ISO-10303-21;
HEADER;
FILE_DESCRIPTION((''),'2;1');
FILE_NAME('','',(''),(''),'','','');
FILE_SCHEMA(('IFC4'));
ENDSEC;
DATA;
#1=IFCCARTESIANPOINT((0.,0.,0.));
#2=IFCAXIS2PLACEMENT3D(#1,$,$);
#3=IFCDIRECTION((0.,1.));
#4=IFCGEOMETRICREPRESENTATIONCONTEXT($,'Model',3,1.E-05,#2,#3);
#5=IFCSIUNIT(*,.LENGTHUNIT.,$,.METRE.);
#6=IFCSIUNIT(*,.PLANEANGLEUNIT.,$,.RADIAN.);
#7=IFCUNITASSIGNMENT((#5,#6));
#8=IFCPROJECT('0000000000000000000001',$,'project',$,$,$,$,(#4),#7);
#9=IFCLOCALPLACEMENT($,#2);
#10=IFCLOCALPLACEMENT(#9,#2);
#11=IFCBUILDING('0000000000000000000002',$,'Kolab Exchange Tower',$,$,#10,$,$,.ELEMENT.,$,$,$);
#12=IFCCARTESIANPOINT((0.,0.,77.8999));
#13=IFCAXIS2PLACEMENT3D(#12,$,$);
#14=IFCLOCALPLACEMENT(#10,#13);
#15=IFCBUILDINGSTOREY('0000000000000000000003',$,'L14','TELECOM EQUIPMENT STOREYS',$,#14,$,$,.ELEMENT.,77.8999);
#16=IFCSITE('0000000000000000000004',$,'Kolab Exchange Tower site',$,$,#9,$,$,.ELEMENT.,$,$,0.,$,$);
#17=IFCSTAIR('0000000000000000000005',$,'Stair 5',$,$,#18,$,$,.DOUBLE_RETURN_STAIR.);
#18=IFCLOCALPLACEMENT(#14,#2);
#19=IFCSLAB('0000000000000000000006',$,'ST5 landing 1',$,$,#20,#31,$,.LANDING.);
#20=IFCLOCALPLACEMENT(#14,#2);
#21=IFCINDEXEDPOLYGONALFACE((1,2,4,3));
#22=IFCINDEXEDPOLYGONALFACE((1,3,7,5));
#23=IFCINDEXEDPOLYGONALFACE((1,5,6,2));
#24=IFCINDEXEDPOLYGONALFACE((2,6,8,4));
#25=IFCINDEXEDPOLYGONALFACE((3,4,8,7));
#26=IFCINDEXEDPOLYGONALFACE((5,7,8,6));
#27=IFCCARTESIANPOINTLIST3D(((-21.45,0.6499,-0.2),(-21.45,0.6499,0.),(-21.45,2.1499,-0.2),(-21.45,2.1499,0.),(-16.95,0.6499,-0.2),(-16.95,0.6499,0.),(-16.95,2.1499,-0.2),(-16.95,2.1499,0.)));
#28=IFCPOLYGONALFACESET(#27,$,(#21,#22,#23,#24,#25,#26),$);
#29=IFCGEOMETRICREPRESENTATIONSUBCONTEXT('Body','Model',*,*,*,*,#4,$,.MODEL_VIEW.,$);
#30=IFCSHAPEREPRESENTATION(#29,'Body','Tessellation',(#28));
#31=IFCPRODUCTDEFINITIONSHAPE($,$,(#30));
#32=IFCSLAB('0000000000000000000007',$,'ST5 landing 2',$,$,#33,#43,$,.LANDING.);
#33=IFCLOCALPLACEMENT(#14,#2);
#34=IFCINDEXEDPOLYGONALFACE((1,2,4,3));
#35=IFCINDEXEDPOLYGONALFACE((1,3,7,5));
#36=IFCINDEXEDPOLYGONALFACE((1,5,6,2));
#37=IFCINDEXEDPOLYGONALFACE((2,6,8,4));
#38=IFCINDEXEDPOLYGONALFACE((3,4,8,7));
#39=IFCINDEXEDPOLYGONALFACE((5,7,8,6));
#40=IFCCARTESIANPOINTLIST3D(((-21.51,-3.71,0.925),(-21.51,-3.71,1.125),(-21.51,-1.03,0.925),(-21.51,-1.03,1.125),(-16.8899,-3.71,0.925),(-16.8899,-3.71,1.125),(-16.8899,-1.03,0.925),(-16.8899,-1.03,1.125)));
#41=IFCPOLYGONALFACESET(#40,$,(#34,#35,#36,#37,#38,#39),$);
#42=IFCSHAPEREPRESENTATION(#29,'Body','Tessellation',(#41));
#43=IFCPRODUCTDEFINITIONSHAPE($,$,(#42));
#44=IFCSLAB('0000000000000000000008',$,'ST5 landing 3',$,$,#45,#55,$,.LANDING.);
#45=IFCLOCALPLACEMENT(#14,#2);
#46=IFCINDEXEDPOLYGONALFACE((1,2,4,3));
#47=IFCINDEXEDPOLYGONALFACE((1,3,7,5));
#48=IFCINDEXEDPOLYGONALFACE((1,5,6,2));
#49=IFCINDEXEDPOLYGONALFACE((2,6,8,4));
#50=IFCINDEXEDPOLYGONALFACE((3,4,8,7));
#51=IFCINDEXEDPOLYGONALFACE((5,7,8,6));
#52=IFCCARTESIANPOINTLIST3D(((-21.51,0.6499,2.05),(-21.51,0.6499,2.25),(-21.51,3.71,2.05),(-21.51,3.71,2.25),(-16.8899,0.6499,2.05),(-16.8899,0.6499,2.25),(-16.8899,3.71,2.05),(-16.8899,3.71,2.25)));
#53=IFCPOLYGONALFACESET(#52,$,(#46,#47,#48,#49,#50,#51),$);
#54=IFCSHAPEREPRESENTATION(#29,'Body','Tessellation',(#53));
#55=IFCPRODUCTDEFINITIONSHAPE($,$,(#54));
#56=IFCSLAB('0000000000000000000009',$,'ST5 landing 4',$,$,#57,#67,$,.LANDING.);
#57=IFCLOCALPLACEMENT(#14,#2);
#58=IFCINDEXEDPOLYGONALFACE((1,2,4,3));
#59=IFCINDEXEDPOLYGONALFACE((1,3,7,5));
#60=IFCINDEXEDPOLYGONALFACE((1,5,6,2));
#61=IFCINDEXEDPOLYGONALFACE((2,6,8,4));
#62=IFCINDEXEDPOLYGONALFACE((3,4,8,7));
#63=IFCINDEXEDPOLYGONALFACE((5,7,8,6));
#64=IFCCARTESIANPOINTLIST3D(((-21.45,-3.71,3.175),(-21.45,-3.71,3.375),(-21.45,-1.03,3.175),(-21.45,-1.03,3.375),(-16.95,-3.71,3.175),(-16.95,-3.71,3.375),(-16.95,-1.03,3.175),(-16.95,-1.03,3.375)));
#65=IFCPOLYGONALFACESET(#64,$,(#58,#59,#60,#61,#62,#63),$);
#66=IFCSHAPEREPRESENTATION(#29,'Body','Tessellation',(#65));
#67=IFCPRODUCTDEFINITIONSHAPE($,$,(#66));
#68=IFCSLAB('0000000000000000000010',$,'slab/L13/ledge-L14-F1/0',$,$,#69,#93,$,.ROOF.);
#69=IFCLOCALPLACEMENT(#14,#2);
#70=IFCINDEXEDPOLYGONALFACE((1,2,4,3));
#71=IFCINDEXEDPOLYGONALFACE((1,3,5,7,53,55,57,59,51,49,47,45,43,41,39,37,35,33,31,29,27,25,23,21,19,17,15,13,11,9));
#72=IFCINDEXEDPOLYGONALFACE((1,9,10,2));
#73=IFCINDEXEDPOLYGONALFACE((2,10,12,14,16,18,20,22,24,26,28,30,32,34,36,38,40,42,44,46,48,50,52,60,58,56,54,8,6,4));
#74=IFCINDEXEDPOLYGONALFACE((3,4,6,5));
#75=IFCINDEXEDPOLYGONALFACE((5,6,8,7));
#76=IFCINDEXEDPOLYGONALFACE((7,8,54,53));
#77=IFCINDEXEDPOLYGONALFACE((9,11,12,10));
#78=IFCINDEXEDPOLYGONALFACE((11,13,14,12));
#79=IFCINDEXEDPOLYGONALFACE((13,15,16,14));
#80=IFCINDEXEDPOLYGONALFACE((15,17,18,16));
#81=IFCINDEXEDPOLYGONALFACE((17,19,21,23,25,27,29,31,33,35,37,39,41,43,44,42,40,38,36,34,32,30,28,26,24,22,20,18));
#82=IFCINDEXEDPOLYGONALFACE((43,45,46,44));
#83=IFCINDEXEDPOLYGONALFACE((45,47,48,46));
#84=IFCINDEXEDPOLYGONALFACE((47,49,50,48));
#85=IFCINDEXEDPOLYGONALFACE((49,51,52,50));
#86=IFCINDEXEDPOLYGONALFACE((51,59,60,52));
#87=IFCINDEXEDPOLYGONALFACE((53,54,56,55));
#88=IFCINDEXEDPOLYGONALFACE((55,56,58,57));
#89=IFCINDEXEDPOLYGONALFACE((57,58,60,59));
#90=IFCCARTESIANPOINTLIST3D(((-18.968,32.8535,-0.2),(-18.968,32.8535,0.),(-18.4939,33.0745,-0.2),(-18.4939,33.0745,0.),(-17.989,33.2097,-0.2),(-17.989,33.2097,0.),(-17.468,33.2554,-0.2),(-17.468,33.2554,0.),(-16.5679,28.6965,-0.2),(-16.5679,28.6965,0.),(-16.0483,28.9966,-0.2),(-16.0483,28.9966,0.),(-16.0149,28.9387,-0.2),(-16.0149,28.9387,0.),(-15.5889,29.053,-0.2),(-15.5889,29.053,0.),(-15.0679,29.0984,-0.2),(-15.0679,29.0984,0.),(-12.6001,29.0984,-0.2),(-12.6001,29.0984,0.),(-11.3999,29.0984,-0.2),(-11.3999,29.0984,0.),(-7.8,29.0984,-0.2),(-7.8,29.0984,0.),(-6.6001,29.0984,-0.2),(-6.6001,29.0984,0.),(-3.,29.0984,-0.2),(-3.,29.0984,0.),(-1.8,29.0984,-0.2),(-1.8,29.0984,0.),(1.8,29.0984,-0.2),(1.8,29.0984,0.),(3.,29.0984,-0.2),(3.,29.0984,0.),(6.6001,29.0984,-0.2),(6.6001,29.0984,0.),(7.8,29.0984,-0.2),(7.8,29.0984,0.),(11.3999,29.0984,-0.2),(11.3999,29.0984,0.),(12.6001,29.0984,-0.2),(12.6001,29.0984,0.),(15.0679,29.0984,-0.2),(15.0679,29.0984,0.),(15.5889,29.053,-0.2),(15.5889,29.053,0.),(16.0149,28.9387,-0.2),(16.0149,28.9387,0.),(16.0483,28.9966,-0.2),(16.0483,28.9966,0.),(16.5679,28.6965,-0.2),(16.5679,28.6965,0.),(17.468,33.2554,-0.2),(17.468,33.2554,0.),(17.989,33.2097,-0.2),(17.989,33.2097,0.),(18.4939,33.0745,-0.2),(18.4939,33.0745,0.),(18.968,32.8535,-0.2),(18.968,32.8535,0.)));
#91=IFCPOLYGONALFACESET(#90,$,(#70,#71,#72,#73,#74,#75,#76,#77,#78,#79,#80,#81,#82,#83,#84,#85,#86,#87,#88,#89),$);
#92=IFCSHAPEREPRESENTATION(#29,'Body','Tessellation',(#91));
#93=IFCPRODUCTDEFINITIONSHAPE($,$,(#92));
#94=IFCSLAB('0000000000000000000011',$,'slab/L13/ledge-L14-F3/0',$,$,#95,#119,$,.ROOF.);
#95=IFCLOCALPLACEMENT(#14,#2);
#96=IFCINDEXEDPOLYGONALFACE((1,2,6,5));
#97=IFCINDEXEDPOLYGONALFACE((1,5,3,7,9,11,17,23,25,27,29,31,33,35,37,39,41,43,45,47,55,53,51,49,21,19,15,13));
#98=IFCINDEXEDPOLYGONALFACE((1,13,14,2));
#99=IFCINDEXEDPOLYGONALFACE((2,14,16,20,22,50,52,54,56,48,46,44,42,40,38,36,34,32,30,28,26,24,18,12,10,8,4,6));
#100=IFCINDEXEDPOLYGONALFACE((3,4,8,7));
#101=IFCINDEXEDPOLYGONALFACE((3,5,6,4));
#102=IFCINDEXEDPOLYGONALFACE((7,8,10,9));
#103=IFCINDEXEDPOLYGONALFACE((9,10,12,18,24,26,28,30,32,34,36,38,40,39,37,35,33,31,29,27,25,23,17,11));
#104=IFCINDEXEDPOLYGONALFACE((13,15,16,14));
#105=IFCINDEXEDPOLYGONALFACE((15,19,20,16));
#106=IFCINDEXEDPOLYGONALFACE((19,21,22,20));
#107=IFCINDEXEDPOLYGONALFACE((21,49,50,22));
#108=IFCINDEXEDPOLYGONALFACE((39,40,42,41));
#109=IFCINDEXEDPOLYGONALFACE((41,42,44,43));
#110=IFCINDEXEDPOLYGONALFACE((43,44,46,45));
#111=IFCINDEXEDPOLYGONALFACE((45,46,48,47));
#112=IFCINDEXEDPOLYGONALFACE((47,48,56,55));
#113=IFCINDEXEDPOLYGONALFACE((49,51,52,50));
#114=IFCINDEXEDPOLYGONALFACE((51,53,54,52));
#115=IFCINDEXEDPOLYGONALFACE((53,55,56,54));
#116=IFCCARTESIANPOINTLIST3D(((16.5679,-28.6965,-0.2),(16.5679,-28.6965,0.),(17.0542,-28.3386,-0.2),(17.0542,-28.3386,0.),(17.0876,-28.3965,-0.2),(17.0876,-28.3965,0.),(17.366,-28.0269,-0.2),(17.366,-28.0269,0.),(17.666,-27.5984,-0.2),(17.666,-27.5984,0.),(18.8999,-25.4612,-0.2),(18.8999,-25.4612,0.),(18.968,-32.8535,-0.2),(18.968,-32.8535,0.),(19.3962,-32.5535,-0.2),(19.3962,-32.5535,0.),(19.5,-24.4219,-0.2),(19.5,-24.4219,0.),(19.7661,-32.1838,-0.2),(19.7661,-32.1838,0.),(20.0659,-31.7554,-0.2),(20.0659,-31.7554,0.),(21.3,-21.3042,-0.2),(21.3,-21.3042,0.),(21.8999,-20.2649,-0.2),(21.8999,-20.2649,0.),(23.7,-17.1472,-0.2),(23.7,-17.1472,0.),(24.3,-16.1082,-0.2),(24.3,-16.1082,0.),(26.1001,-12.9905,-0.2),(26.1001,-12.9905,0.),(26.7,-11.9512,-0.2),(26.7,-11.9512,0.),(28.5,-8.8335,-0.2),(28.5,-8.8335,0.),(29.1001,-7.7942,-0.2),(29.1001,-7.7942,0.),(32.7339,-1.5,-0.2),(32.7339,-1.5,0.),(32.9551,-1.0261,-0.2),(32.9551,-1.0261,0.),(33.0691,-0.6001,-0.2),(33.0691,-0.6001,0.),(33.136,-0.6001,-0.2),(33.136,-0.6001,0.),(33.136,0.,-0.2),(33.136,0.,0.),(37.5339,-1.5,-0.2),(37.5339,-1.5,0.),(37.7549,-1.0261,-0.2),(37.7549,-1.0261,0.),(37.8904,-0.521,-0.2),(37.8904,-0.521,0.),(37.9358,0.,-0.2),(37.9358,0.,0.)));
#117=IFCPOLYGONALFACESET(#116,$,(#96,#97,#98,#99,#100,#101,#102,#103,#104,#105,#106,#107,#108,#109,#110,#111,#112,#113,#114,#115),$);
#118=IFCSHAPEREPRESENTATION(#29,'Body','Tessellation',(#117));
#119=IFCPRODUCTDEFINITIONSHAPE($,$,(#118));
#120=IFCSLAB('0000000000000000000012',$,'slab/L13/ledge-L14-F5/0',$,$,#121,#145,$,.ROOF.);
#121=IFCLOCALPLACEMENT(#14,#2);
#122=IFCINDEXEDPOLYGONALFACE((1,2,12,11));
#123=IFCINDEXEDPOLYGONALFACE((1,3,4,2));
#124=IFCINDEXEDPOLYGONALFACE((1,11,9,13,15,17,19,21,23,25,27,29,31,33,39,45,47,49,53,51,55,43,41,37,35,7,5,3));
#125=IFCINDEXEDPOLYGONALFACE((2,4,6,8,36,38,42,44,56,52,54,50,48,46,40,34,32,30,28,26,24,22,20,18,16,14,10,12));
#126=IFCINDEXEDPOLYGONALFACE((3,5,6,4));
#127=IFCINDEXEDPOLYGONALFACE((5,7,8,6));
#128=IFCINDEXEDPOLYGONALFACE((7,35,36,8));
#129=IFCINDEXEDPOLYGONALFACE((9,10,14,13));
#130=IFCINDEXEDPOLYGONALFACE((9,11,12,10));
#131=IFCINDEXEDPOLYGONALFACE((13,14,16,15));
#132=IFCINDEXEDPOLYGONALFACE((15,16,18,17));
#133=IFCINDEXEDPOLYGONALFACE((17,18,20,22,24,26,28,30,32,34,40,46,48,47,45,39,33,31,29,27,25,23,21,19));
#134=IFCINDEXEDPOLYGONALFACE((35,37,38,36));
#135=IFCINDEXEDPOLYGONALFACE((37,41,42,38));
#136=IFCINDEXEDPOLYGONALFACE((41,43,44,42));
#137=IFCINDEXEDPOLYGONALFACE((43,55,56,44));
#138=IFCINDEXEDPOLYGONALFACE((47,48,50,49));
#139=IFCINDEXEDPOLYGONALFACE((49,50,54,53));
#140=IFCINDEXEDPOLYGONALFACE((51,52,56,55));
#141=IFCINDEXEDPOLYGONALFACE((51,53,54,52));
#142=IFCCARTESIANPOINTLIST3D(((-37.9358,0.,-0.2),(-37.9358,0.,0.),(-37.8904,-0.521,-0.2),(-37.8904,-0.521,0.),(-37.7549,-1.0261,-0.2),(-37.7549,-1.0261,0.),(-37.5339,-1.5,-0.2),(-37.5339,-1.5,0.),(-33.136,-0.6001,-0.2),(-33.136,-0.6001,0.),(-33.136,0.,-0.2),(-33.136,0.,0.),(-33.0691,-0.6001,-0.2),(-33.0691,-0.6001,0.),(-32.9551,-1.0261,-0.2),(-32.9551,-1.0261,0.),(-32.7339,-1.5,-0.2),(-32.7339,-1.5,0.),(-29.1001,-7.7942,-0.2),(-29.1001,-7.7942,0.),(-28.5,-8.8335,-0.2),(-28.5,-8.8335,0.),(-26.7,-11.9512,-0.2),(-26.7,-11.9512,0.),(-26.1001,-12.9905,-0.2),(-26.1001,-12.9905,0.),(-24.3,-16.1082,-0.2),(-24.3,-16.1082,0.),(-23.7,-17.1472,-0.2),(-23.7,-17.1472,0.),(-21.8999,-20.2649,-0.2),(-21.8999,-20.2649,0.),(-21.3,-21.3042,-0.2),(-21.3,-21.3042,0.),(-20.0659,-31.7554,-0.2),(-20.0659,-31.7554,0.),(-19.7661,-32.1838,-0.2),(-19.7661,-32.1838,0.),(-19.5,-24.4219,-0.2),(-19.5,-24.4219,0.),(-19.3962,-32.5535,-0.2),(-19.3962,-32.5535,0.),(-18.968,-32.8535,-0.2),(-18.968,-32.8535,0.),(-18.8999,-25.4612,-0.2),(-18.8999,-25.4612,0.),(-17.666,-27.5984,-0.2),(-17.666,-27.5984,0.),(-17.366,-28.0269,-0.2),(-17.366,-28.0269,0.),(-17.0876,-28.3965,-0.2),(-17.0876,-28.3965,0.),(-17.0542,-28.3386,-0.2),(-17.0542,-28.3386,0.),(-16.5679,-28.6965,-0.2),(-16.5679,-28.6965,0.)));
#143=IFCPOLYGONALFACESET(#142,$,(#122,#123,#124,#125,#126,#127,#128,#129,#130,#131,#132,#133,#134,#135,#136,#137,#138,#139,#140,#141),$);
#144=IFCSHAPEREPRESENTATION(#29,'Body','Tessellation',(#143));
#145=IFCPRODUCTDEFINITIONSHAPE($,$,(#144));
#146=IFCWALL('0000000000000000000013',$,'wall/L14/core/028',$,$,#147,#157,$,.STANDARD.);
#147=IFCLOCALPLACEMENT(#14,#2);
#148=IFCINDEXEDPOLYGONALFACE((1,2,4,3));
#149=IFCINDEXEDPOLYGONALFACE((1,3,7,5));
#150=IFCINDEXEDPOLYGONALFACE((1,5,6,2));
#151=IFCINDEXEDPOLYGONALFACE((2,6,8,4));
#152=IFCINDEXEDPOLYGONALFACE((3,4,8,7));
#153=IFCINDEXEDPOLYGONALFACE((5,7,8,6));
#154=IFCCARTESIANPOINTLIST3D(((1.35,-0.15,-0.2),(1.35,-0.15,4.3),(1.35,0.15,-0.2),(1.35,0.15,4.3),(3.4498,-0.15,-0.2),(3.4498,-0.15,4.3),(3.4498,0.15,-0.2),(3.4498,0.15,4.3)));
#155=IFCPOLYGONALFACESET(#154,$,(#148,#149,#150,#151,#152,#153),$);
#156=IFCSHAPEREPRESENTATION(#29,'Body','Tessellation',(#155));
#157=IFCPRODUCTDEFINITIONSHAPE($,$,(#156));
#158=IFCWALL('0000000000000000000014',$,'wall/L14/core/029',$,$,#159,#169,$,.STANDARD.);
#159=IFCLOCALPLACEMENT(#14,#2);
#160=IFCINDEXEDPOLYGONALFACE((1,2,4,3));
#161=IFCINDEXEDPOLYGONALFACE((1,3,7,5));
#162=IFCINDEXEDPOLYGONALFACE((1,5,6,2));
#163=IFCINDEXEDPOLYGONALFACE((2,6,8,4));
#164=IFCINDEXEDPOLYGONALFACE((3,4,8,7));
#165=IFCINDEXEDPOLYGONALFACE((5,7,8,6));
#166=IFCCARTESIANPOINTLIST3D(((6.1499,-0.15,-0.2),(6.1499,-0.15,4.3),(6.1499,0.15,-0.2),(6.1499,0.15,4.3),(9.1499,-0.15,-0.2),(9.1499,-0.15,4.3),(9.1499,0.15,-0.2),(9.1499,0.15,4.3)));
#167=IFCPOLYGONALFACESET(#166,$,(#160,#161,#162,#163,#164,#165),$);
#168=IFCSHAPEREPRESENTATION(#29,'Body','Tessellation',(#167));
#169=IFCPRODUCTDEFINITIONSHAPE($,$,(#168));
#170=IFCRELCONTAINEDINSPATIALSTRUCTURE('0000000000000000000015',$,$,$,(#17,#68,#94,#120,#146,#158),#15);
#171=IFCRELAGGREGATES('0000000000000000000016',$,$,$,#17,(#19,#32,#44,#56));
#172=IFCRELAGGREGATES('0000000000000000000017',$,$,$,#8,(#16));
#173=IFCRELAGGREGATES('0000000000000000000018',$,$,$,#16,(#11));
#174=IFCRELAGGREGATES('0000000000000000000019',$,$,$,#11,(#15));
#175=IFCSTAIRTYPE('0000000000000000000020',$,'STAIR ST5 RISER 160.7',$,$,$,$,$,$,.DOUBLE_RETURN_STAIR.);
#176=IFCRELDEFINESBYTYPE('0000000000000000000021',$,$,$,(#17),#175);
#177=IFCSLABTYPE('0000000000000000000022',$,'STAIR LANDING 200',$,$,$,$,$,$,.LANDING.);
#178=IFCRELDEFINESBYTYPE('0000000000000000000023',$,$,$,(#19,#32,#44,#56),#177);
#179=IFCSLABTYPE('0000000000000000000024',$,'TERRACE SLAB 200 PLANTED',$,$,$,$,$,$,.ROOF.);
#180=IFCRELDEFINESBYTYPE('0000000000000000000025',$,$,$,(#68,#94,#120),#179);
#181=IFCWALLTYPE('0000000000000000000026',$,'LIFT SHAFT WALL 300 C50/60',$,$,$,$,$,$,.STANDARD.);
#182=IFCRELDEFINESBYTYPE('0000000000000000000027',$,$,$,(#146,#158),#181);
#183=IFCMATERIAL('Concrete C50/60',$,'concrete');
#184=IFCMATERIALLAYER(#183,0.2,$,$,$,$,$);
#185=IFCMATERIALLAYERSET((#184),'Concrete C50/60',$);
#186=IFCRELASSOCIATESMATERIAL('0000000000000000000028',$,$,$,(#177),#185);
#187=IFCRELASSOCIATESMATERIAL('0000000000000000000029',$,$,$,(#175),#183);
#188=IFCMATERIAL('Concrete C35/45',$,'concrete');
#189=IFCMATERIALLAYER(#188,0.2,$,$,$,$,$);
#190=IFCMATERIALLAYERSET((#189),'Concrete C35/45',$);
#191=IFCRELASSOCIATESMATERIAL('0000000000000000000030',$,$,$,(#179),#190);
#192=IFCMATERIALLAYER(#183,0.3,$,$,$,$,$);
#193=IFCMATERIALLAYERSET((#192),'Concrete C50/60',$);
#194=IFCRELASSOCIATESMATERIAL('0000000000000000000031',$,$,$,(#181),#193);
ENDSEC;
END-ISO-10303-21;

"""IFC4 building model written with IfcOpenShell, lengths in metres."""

from ifc_helpers import new_model, si_unit, direction, frame, frame_2d, origin, place, context, subcontext, project, spatial, polyline, rectangle, outline, extrude, material, layer, layer_set, type_object, element, aggregate, save


model = new_model("IFC4")

# Units and contexts
model_context = context("Model", 3, precision=1e-05, world=origin(), true_north=direction((0.0, 1.0)))
body_context = subcontext(model_context, "Body", "Model", "MODEL_VIEW")
ifc_project = project(units=[si_unit("LENGTHUNIT", "METRE"), si_unit("PLANEANGLEUNIT", "RADIAN")], contexts=[model_context])

# Site, building, storey
site_placement = place(None, origin())
site = spatial("IfcSite", under=ifc_project, at=site_placement, Name="Kolab Exchange Tower site", CompositionType="ELEMENT", RefElevation=0.0)
building_placement = place(site_placement, origin())
building = spatial("IfcBuilding", under=site, at=building_placement, Name="Kolab Exchange Tower", CompositionType="ELEMENT")
storey_placement = place(building_placement, frame((0.0, 0.0, 77.8999)))
storey = spatial("IfcBuildingStorey", under=building, at=storey_placement, Name="L14", Description="TELECOM EQUIPMENT STOREYS", CompositionType="ELEMENT", Elevation=77.8999)

# Shared definitions
ifc_material_1 = material(Name="Concrete C35/45", Category="concrete")

# Stair, slabs
ifc_material_2 = material(Name="Concrete C50/60", Category="concrete")
ifc_layer_1 = layer(ifc_material_2, 0.2)
ifc_layer_set_1 = layer_set([ifc_layer_1], Name="Concrete C50/60")
slab_type_1 = type_object("IfcSlabType", Name="STAIR LANDING 200", PredefinedType="LANDING", material=ifc_layer_set_1)
stair_type_1 = type_object("IfcStairType", Name="STAIR ST5 RISER 160.7", PredefinedType="DOUBLE_RETURN_STAIR", material=ifc_material_2)
stair_1_placement = place(storey_placement, origin())
stair_1 = element("IfcStair", 1, at=stair_1_placement, inside=storey, type_object=stair_type_1, Name="Stair 5", PredefinedType="DOUBLE_RETURN_STAIR")
slab_1_placement = place(storey_placement, frame((0.0, 0.0, -0.2)))
slab_1 = element("IfcSlab", 2, at=slab_1_placement, type_object=slab_type_1, Name="ST5 landing 1", PredefinedType="LANDING", context=body_context, shape_type="SweptSolid", body=[
    extrude(outline(polyline([(-21.45, 0.6499), (-16.95, 0.6499), (-16.95, 2.1499), (-21.45, 2.1499), (-21.45, 0.6499)])), origin(), (0.0, 0.0, 1.0), 0.2),
])
slab_2_placement = place(storey_placement, frame((0.0, 0.0, 0.925)))
slab_2 = element("IfcSlab", 3, at=slab_2_placement, type_object=slab_type_1, Name="ST5 landing 2", PredefinedType="LANDING", context=body_context, shape_type="SweptSolid", body=[
    extrude(outline(polyline([(-21.51, -3.71), (-16.8899, -3.71), (-16.8899, -1.03), (-21.51, -1.03), (-21.51, -3.71)])), origin(), (0.0, 0.0, 1.0), 0.2),
])
slab_3_placement = place(storey_placement, frame((0.0, 0.0, 2.05)))
slab_3 = element("IfcSlab", 4, at=slab_3_placement, type_object=slab_type_1, Name="ST5 landing 3", PredefinedType="LANDING", context=body_context, shape_type="SweptSolid", body=[
    extrude(outline(polyline([(-21.51, 0.6499), (-16.8899, 0.6499), (-16.8899, 3.71), (-21.51, 3.71), (-21.51, 0.6499)])), origin(), (0.0, 0.0, 1.0), 0.2),
])
slab_4_placement = place(storey_placement, frame((0.0, 0.0, 3.175)))
slab_4 = element("IfcSlab", 5, at=slab_4_placement, type_object=slab_type_1, Name="ST5 landing 4", PredefinedType="LANDING", context=body_context, shape_type="SweptSolid", body=[
    extrude(outline(polyline([(-21.45, -3.71), (-16.95, -3.71), (-16.95, -1.03), (-21.45, -1.03), (-21.45, -3.71)])), origin(), (0.0, 0.0, 1.0), 0.2),
])
aggregate(stair_1, [slab_1, slab_2, slab_3, slab_4])

# Slabs
ifc_layer_2 = layer(ifc_material_1, 0.2)
ifc_layer_set_2 = layer_set([ifc_layer_2], Name="Concrete C35/45")
slab_type_2 = type_object("IfcSlabType", Name="TERRACE SLAB 200 PLANTED", PredefinedType="ROOF", material=ifc_layer_set_2)
slab_5_placement = place(storey_placement, frame((0.0, 0.0, -0.2)))
element("IfcSlab", 6, at=slab_5_placement, inside=storey, type_object=slab_type_2, Name="slab/L13/ledge-L14-F1/0", PredefinedType="ROOF", context=body_context, shape_type="SweptSolid", body=[
    extrude(outline(polyline([(-18.968, 32.8535), (-16.5679, 28.6965), (-16.0483, 28.9966), (-16.0149, 28.9387), (-15.5889, 29.053), (-15.0679, 29.0984), (-12.6001, 29.0984), (-11.3999, 29.0984), (-7.8, 29.0984), (-6.6001, 29.0984), (-3.0, 29.0984), (-1.8, 29.0984), (1.8, 29.0984), (3.0, 29.0984), (6.6001, 29.0984), (7.8, 29.0984), (11.3999, 29.0984), (12.6001, 29.0984), (15.0679, 29.0984), (15.5889, 29.053), (16.0149, 28.9387), (16.0483, 28.9966), (16.5679, 28.6965), (18.968, 32.8535), (18.4939, 33.0745), (17.989, 33.2097), (17.468, 33.2554), (-17.468, 33.2554), (-17.989, 33.2097), (-18.4939, 33.0745), (-18.968, 32.8535)])), origin(), (0.0, 0.0, 1.0), 0.2),
])
slab_6_placement = place(storey_placement, frame((0.0, 0.0, -0.2)))
element("IfcSlab", 7, at=slab_6_placement, inside=storey, type_object=slab_type_2, Name="slab/L13/ledge-L14-F3/0", PredefinedType="ROOF", context=body_context, shape_type="SweptSolid", body=[
    extrude(outline(polyline([(37.9358, 0.0), (33.136, 0.0), (33.136, -0.6001), (33.0691, -0.6001), (32.9551, -1.0261), (32.7339, -1.5), (29.1001, -7.7942), (28.5, -8.8335), (26.7, -11.9512), (26.1001, -12.9905), (24.3, -16.1082), (23.7, -17.1472), (21.8999, -20.2649), (21.3, -21.3042), (19.5, -24.4219), (18.8999, -25.4612), (17.666, -27.5984), (17.366, -28.0269), (17.0542, -28.3386), (17.0876, -28.3965), (16.5679, -28.6965), (18.968, -32.8535), (19.3962, -32.5535), (19.7661, -32.1838), (20.0659, -31.7554), (37.5339, -1.5), (37.7549, -1.0261), (37.8904, -0.521), (37.9358, 0.0)])), origin(), (0.0, 0.0, 1.0), 0.2),
])
slab_7_placement = place(storey_placement, frame((0.0, 0.0, -0.2)))
element("IfcSlab", 8, at=slab_7_placement, inside=storey, type_object=slab_type_2, Name="slab/L13/ledge-L14-F5/0", PredefinedType="ROOF", context=body_context, shape_type="SweptSolid", body=[
    extrude(outline(polyline([(-18.968, -32.8535), (-16.5679, -28.6965), (-17.0876, -28.3965), (-17.0542, -28.3386), (-17.366, -28.0269), (-17.666, -27.5984), (-18.8999, -25.4612), (-19.5, -24.4219), (-21.3, -21.3042), (-21.8999, -20.2649), (-23.7, -17.1472), (-24.3, -16.1082), (-26.1001, -12.9905), (-26.7, -11.9512), (-28.5, -8.8335), (-29.1001, -7.7942), (-32.7339, -1.5), (-32.9551, -1.0261), (-33.0691, -0.6001), (-33.136, -0.6001), (-33.136, 0.0), (-37.9358, 0.0), (-37.8904, -0.521), (-37.7549, -1.0261), (-37.5339, -1.5), (-20.0659, -31.7554), (-19.7661, -32.1838), (-19.3962, -32.5535), (-18.968, -32.8535)])), origin(), (0.0, 0.0, 1.0), 0.2),
])

# Walls
ifc_layer_3 = layer(ifc_material_2, 0.3)
ifc_layer_set_3 = layer_set([ifc_layer_3], Name="Concrete C50/60")
wall_type = type_object("IfcWallType", Name="LIFT SHAFT WALL 300 C50/60", PredefinedType="STANDARD", material=ifc_layer_set_3)
wall_1_placement = place(storey_placement, frame((1.3501, 0.0, -0.2), z_axis=(0.0, 0.0, 1.0), x_axis=(1.0, 0.0, 0.0)))
element("IfcWall", 9, at=wall_1_placement, inside=storey, type_object=wall_type, Name="wall/L14/core/028", PredefinedType="STANDARD", context=body_context, shape_type="SweptSolid", body=[
    extrude(rectangle(XDim=2.0999, YDim=0.3, at=frame_2d((1.0498, 0.0))), origin(), (0.0, 0.0, 1.0), 4.5),
])
wall_2_placement = place(storey_placement, frame((6.1499, 0.0, -0.2), z_axis=(0.0, 0.0, 1.0), x_axis=(1.0, 0.0, 0.0)))
element("IfcWall", 10, at=wall_2_placement, inside=storey, type_object=wall_type, Name="wall/L14/core/029", PredefinedType="STANDARD", context=body_context, shape_type="SweptSolid", body=[
    extrude(rectangle(XDim=3.0, YDim=0.3, at=frame_2d((1.5, 0.0))), origin(), (0.0, 0.0, 1.0), 4.5),
])

save(model, "model.ifc")
